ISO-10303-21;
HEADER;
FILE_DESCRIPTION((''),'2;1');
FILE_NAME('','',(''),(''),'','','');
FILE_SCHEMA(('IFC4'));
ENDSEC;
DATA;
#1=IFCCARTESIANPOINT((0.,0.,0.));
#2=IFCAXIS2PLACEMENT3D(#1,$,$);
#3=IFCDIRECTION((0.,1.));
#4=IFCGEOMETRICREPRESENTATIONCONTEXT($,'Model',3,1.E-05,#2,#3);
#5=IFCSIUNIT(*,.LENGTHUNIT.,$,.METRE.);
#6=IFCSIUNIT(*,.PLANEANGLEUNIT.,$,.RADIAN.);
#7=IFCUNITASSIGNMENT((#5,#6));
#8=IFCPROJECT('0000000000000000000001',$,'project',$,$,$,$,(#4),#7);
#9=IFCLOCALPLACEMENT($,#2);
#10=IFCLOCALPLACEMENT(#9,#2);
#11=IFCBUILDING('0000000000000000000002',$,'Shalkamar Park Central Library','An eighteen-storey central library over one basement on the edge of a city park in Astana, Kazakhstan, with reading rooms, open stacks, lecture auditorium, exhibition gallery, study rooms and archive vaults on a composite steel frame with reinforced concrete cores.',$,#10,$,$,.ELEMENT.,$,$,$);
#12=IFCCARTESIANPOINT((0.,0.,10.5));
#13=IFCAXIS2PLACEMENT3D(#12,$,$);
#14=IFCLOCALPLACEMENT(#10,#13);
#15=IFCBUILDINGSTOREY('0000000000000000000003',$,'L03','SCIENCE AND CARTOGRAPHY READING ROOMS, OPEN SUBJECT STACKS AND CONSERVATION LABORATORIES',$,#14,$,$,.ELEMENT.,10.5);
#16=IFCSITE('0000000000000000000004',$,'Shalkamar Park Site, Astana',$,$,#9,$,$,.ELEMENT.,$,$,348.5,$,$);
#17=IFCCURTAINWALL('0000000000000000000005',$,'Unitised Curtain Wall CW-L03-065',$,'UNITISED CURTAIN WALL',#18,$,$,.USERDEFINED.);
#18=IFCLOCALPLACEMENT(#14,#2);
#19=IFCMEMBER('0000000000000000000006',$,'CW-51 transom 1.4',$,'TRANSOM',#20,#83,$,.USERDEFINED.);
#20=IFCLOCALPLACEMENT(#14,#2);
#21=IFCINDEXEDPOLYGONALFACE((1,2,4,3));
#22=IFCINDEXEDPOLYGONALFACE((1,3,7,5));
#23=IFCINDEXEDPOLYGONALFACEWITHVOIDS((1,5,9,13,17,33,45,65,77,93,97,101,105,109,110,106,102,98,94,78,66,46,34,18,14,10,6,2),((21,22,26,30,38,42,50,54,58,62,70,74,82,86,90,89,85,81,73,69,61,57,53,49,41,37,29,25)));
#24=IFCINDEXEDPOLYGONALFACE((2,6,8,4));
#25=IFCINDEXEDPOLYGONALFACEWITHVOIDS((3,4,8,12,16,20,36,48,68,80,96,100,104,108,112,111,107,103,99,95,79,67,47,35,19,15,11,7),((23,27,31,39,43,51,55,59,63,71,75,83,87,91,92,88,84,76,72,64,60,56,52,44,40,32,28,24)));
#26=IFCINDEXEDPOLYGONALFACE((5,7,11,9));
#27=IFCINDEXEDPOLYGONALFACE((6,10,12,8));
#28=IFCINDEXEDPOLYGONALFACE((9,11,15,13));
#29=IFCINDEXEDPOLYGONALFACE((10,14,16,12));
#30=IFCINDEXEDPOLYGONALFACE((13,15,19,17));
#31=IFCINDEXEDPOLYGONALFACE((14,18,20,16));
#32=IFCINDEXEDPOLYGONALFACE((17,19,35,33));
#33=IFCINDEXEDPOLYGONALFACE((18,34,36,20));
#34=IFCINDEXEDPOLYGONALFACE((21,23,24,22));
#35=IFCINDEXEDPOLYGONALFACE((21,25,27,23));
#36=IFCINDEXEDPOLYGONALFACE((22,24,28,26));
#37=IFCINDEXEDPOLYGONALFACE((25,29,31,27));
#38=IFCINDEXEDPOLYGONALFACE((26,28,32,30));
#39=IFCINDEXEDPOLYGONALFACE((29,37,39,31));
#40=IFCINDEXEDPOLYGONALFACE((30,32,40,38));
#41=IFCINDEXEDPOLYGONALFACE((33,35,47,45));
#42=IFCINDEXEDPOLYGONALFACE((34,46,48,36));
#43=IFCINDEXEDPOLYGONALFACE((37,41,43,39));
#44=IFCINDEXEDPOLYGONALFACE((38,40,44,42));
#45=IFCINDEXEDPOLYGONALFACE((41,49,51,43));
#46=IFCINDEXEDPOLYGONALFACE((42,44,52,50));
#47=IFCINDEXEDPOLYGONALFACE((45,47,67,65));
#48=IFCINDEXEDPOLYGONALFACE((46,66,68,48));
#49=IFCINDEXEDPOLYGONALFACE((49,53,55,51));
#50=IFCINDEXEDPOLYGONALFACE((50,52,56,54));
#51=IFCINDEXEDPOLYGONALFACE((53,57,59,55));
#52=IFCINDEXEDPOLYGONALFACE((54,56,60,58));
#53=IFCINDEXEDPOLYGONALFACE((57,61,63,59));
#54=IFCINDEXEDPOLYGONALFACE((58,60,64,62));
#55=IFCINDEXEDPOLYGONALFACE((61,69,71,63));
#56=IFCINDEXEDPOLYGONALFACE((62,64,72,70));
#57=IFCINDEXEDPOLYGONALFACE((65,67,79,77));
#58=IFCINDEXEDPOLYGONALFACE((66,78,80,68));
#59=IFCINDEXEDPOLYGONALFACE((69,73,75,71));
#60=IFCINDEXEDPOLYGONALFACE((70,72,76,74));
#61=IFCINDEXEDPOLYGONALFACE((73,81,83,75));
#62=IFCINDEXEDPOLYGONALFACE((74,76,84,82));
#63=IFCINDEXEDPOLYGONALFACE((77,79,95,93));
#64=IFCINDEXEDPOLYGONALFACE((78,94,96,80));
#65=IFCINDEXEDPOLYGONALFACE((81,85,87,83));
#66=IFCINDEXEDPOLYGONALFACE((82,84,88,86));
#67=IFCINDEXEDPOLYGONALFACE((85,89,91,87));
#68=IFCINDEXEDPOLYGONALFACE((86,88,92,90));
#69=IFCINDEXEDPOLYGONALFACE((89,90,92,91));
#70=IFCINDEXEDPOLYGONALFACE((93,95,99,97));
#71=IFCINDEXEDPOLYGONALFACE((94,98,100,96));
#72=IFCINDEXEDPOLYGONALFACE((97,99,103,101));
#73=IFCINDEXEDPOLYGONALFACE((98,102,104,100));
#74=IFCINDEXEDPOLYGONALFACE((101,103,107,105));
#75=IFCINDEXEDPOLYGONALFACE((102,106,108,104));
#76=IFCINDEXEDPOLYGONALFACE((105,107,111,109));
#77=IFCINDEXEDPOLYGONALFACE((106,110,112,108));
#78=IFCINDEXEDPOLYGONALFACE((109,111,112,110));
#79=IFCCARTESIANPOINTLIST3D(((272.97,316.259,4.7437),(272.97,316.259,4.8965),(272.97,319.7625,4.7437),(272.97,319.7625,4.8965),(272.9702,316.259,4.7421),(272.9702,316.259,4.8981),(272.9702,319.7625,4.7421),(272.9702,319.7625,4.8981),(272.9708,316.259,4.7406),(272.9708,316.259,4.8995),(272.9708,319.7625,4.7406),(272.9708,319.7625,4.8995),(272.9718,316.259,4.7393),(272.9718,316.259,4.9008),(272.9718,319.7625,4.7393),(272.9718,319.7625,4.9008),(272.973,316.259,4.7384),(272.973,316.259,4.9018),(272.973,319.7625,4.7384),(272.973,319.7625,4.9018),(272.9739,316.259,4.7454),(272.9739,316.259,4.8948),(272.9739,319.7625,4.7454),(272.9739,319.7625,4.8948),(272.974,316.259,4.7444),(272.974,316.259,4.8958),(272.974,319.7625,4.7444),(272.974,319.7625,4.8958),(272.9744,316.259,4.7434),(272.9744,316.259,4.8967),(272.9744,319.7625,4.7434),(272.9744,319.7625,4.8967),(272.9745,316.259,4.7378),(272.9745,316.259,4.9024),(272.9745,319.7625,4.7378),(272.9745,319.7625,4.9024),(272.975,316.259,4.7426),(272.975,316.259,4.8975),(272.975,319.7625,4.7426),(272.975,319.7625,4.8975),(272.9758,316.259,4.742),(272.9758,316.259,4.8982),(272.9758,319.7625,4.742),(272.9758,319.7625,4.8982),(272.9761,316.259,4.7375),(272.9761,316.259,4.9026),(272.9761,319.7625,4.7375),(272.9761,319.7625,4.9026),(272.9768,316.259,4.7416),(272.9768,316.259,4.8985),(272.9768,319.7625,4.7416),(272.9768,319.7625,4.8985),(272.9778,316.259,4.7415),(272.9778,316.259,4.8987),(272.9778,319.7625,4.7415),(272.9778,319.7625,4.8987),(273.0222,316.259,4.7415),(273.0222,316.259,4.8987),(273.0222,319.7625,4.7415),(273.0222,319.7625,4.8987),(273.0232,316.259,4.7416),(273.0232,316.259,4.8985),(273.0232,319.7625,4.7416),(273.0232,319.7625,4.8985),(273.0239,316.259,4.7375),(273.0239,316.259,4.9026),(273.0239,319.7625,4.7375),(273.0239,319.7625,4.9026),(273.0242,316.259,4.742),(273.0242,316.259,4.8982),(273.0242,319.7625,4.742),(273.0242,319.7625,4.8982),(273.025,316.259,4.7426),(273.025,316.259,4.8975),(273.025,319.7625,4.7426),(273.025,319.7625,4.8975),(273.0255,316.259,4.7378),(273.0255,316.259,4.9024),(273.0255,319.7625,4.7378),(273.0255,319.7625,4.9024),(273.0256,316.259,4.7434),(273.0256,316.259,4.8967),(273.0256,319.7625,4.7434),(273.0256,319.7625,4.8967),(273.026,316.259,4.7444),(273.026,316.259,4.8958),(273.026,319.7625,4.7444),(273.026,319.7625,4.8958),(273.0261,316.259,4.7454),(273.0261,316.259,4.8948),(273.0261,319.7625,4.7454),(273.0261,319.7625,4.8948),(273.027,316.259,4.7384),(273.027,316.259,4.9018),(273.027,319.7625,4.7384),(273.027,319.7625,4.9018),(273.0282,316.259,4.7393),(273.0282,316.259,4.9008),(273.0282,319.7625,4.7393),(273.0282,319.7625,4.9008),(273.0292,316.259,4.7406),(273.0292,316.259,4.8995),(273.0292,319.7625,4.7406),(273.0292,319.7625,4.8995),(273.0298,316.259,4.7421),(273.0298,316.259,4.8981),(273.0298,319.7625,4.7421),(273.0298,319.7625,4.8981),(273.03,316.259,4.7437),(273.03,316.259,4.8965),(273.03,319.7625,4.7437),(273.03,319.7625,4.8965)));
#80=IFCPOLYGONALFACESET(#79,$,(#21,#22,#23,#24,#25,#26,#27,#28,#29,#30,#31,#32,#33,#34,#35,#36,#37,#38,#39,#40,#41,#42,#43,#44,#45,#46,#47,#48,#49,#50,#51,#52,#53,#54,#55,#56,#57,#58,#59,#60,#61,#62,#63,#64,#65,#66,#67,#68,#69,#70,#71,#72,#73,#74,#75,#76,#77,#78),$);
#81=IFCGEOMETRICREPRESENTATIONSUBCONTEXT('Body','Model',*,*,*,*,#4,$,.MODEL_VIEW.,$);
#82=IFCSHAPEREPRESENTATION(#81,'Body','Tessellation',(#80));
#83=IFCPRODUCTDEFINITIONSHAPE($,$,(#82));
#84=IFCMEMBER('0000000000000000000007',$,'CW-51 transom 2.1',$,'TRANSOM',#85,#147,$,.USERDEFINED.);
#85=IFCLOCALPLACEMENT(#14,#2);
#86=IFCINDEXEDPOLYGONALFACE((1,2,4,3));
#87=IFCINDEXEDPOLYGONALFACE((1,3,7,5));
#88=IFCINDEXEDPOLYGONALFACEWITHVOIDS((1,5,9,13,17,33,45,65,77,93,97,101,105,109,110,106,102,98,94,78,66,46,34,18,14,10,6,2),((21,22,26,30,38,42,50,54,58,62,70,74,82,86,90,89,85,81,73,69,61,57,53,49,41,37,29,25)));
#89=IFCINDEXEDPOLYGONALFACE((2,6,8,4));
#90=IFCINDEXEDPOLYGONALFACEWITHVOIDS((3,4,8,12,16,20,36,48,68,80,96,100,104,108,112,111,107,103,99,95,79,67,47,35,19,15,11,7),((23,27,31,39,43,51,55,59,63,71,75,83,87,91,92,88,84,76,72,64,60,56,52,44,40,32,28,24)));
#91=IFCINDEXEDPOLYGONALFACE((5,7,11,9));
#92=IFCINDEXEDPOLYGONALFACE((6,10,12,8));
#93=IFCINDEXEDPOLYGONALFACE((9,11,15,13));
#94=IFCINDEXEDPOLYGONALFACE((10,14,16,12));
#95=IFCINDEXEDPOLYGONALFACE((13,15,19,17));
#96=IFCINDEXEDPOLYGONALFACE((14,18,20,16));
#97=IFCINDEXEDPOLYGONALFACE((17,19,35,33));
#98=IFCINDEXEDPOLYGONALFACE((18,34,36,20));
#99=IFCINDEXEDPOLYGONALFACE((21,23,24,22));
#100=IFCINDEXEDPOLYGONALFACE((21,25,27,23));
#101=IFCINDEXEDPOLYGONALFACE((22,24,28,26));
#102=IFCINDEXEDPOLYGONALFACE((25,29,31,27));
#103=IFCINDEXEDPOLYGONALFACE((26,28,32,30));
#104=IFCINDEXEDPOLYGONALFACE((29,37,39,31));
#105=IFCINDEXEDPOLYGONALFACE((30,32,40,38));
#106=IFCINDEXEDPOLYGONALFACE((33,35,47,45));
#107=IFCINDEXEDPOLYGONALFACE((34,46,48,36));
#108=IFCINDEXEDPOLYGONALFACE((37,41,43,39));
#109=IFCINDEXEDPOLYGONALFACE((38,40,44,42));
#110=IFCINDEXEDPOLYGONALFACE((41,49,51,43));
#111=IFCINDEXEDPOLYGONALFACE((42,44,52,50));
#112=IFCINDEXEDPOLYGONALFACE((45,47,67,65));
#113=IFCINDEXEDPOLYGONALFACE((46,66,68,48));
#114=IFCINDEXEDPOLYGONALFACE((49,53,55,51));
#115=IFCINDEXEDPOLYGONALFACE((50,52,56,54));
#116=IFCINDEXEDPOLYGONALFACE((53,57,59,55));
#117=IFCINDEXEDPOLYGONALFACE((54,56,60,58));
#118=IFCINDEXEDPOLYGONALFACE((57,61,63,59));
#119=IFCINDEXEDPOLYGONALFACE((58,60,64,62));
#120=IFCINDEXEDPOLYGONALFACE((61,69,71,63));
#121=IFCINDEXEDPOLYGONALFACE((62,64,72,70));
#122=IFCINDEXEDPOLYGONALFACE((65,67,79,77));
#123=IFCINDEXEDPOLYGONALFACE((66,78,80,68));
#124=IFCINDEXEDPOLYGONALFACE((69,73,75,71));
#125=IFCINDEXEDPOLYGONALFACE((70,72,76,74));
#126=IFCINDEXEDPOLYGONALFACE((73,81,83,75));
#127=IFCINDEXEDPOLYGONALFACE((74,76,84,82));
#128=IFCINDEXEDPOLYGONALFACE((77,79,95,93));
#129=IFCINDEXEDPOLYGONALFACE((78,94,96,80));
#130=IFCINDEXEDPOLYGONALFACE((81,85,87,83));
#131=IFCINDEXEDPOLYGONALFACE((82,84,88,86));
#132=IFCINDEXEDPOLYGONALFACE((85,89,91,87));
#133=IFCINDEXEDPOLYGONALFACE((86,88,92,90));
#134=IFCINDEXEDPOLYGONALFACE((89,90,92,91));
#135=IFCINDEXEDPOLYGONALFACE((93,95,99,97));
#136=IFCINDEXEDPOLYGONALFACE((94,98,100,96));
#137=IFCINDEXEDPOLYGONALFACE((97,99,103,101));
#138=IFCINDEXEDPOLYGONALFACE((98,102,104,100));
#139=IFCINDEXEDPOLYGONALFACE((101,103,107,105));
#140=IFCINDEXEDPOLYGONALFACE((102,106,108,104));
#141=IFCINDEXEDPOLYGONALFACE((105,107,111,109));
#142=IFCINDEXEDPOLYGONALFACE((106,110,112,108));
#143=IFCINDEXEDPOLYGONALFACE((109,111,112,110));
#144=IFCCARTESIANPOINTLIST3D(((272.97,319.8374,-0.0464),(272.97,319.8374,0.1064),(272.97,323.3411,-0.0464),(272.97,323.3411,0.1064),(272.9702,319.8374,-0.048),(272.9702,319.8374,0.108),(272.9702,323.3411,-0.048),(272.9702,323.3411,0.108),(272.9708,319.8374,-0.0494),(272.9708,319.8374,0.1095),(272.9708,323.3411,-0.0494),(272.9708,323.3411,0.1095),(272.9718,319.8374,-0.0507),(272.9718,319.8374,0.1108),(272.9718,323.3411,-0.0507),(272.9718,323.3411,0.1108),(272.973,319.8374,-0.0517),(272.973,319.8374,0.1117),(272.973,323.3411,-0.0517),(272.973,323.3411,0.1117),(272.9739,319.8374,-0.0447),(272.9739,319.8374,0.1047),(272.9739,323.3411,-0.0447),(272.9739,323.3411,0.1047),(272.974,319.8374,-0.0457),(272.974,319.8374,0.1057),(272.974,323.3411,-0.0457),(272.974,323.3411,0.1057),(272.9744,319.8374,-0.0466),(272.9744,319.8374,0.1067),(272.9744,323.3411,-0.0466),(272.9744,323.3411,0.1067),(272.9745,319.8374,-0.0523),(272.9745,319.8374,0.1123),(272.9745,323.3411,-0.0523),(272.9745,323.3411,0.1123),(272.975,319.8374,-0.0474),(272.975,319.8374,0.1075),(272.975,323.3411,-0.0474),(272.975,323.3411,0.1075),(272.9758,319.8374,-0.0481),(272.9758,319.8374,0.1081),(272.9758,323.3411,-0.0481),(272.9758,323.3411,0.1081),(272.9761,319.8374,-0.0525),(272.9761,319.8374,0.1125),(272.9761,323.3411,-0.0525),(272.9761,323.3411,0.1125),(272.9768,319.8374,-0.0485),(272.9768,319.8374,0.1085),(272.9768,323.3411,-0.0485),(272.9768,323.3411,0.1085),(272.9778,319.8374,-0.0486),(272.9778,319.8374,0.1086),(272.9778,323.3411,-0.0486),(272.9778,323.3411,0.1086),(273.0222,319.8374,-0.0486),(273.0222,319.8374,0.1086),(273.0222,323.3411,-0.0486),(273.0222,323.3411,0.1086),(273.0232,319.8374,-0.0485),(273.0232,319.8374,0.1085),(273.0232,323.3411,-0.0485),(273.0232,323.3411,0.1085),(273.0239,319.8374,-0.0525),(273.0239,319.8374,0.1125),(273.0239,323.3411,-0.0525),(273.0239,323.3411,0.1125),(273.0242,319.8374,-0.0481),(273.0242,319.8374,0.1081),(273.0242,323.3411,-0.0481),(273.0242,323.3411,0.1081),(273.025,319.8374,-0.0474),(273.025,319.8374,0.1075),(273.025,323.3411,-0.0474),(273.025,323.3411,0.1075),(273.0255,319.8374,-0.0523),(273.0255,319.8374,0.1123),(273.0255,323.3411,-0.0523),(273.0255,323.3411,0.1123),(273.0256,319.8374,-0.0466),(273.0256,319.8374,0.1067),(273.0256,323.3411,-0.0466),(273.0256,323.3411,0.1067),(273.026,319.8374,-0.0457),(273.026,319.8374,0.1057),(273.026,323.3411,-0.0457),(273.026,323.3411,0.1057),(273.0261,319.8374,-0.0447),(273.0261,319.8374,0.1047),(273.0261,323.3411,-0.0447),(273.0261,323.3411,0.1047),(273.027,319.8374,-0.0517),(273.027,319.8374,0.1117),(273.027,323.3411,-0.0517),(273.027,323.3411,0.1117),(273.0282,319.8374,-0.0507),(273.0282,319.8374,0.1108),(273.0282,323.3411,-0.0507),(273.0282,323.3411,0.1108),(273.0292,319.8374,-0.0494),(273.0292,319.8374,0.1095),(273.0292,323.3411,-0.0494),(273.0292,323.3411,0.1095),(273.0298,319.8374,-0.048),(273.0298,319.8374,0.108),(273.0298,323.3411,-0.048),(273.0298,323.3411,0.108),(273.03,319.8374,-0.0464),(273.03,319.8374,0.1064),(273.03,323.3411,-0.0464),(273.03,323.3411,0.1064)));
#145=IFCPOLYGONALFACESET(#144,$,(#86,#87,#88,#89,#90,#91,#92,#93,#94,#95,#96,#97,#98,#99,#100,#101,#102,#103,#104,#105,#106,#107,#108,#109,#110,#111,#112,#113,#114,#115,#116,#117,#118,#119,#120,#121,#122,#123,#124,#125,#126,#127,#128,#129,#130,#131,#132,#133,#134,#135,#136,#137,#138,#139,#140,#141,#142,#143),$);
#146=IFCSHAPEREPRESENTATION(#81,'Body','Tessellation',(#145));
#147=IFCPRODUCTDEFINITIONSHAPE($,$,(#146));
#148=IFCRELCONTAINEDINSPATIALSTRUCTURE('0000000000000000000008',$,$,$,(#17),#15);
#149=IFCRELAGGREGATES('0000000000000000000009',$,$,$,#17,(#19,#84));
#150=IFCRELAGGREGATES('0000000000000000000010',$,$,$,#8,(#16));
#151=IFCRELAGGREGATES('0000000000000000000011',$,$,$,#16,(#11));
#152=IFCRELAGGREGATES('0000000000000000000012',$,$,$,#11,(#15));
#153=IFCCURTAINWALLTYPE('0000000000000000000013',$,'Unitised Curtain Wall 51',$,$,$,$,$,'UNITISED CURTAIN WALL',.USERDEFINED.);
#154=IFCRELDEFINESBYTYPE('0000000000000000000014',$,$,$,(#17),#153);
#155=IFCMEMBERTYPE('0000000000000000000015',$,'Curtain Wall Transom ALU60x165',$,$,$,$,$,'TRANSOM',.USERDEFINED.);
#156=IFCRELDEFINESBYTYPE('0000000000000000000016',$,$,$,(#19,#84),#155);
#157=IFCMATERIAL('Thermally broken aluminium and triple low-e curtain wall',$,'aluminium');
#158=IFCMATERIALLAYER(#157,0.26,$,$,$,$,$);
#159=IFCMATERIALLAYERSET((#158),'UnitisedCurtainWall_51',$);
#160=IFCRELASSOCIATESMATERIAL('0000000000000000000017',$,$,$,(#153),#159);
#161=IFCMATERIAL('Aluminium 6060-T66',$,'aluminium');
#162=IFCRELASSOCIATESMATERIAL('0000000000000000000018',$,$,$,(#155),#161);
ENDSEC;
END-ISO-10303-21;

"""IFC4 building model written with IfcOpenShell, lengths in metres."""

from ifc_helpers import new_model, si_unit, direction, frame, origin, origin_2d, place, context, subcontext, project, spatial, hollow_rectangle, extrude, material, layer, layer_set, material_profile, profile_set, type_object, element, aggregate, save


model = new_model("IFC4")

# Units and contexts
model_context = context("Model", 3, precision=1e-05, world=origin(), true_north=direction((0.0, 1.0)))
body_context = subcontext(model_context, "Body", "Model", "MODEL_VIEW")
ifc_project = project(units=[si_unit("LENGTHUNIT", "METRE"), si_unit("PLANEANGLEUNIT", "RADIAN")], contexts=[model_context])

# Site, building, storey
site_placement = place(None, origin())
site = spatial("IfcSite", under=ifc_project, at=site_placement, Name="Shalkamar Park Site, Astana", CompositionType="ELEMENT", RefElevation=348.5)
building_placement = place(site_placement, origin())
building = spatial("IfcBuilding", under=site, at=building_placement, Name="Shalkamar Park Central Library", Description="An eighteen-storey central library over one basement on the edge of a city park in Astana, Kazakhstan, with reading rooms, open stacks, lecture auditorium, exhibition gallery, study rooms and archive vaults on a composite steel frame with reinforced concrete cores.", CompositionType="ELEMENT")
storey_placement = place(building_placement, frame((0.0, 0.0, 10.5)))
storey = spatial("IfcBuildingStorey", under=building, at=storey_placement, Name="L03", Description="SCIENCE AND CARTOGRAPHY READING ROOMS, OPEN SUBJECT STACKS AND CONSERVATION LABORATORIES", CompositionType="ELEMENT", Elevation=10.5)

# Curtain wall
ifc_material_1 = material(Name="Thermally broken aluminium and triple low-e curtain wall", Category="aluminium")
ifc_layer_1 = layer(ifc_material_1, 0.26)
ifc_layer_set_1 = layer_set([ifc_layer_1], Name="UnitisedCurtainWall_51")
curtain_wall_type_1 = type_object("IfcCurtainWallType", Name="Unitised Curtain Wall 51", ElementType="UNITISED CURTAIN WALL", PredefinedType="USERDEFINED", material=ifc_layer_set_1)
curtain_wall_1_placement = place(storey_placement, origin())
curtain_wall_1 = element("IfcCurtainWall", 1, at=curtain_wall_1_placement, inside=storey, type_object=curtain_wall_type_1, Name="Unitised Curtain Wall CW-L03-065", ObjectType="UNITISED CURTAIN WALL", PredefinedType="USERDEFINED")
ifc_material_2 = material(Name="Aluminium 6060-T66", Category="aluminium")

# Members
ifc_material_profile_1 = material_profile(ifc_material_2, hollow_rectangle(XDim=0.0601, YDim=0.165, WallThickness=0.0039, InnerFilletRadius=0.0039, OuterFilletRadius=0.0061, at=origin_2d()), Name="ALU 60x165x4")
ifc_profile_set_1 = profile_set([ifc_material_profile_1], Name="Aluminium 6060-T66")
member_type_1 = type_object("IfcMemberType", Name="Curtain Wall Transom ALU60x165", ElementType="TRANSOM", PredefinedType="USERDEFINED", material=ifc_profile_set_1)
member_1_placement = place(storey_placement, frame((273.0, 316.259, 4.8201), z_axis=(0.0, 1.0, 0.0), x_axis=(-1.0, 0.0, 0.0)))
member_1 = element("IfcMember", 2, at=member_1_placement, type_object=member_type_1, Name="CW-51 transom 1.4", ObjectType="TRANSOM", PredefinedType="USERDEFINED", context=body_context, shape_type="SweptSolid", body=[
    extrude(hollow_rectangle(XDim=0.0601, YDim=0.165, WallThickness=0.0039, InnerFilletRadius=0.0039, OuterFilletRadius=0.0061, at=origin_2d()), origin(), (0.0, 0.0, 1.0), 3.5034),
])
member_2_placement = place(storey_placement, frame((273.0, 319.8374, 0.03), z_axis=(0.0, 1.0, 0.0), x_axis=(-1.0, 0.0, 0.0)))
member_2 = element("IfcMember", 3, at=member_2_placement, type_object=member_type_1, Name="CW-51 transom 2.1", ObjectType="TRANSOM", PredefinedType="USERDEFINED", context=body_context, shape_type="SweptSolid", body=[
    extrude(hollow_rectangle(XDim=0.0601, YDim=0.165, WallThickness=0.0039, InnerFilletRadius=0.0039, OuterFilletRadius=0.0061, at=origin_2d()), origin(), (0.0, 0.0, 1.0), 3.5037),
])

aggregate(curtain_wall_1, [member_1, member_2])

save(model, "model.ifc")
